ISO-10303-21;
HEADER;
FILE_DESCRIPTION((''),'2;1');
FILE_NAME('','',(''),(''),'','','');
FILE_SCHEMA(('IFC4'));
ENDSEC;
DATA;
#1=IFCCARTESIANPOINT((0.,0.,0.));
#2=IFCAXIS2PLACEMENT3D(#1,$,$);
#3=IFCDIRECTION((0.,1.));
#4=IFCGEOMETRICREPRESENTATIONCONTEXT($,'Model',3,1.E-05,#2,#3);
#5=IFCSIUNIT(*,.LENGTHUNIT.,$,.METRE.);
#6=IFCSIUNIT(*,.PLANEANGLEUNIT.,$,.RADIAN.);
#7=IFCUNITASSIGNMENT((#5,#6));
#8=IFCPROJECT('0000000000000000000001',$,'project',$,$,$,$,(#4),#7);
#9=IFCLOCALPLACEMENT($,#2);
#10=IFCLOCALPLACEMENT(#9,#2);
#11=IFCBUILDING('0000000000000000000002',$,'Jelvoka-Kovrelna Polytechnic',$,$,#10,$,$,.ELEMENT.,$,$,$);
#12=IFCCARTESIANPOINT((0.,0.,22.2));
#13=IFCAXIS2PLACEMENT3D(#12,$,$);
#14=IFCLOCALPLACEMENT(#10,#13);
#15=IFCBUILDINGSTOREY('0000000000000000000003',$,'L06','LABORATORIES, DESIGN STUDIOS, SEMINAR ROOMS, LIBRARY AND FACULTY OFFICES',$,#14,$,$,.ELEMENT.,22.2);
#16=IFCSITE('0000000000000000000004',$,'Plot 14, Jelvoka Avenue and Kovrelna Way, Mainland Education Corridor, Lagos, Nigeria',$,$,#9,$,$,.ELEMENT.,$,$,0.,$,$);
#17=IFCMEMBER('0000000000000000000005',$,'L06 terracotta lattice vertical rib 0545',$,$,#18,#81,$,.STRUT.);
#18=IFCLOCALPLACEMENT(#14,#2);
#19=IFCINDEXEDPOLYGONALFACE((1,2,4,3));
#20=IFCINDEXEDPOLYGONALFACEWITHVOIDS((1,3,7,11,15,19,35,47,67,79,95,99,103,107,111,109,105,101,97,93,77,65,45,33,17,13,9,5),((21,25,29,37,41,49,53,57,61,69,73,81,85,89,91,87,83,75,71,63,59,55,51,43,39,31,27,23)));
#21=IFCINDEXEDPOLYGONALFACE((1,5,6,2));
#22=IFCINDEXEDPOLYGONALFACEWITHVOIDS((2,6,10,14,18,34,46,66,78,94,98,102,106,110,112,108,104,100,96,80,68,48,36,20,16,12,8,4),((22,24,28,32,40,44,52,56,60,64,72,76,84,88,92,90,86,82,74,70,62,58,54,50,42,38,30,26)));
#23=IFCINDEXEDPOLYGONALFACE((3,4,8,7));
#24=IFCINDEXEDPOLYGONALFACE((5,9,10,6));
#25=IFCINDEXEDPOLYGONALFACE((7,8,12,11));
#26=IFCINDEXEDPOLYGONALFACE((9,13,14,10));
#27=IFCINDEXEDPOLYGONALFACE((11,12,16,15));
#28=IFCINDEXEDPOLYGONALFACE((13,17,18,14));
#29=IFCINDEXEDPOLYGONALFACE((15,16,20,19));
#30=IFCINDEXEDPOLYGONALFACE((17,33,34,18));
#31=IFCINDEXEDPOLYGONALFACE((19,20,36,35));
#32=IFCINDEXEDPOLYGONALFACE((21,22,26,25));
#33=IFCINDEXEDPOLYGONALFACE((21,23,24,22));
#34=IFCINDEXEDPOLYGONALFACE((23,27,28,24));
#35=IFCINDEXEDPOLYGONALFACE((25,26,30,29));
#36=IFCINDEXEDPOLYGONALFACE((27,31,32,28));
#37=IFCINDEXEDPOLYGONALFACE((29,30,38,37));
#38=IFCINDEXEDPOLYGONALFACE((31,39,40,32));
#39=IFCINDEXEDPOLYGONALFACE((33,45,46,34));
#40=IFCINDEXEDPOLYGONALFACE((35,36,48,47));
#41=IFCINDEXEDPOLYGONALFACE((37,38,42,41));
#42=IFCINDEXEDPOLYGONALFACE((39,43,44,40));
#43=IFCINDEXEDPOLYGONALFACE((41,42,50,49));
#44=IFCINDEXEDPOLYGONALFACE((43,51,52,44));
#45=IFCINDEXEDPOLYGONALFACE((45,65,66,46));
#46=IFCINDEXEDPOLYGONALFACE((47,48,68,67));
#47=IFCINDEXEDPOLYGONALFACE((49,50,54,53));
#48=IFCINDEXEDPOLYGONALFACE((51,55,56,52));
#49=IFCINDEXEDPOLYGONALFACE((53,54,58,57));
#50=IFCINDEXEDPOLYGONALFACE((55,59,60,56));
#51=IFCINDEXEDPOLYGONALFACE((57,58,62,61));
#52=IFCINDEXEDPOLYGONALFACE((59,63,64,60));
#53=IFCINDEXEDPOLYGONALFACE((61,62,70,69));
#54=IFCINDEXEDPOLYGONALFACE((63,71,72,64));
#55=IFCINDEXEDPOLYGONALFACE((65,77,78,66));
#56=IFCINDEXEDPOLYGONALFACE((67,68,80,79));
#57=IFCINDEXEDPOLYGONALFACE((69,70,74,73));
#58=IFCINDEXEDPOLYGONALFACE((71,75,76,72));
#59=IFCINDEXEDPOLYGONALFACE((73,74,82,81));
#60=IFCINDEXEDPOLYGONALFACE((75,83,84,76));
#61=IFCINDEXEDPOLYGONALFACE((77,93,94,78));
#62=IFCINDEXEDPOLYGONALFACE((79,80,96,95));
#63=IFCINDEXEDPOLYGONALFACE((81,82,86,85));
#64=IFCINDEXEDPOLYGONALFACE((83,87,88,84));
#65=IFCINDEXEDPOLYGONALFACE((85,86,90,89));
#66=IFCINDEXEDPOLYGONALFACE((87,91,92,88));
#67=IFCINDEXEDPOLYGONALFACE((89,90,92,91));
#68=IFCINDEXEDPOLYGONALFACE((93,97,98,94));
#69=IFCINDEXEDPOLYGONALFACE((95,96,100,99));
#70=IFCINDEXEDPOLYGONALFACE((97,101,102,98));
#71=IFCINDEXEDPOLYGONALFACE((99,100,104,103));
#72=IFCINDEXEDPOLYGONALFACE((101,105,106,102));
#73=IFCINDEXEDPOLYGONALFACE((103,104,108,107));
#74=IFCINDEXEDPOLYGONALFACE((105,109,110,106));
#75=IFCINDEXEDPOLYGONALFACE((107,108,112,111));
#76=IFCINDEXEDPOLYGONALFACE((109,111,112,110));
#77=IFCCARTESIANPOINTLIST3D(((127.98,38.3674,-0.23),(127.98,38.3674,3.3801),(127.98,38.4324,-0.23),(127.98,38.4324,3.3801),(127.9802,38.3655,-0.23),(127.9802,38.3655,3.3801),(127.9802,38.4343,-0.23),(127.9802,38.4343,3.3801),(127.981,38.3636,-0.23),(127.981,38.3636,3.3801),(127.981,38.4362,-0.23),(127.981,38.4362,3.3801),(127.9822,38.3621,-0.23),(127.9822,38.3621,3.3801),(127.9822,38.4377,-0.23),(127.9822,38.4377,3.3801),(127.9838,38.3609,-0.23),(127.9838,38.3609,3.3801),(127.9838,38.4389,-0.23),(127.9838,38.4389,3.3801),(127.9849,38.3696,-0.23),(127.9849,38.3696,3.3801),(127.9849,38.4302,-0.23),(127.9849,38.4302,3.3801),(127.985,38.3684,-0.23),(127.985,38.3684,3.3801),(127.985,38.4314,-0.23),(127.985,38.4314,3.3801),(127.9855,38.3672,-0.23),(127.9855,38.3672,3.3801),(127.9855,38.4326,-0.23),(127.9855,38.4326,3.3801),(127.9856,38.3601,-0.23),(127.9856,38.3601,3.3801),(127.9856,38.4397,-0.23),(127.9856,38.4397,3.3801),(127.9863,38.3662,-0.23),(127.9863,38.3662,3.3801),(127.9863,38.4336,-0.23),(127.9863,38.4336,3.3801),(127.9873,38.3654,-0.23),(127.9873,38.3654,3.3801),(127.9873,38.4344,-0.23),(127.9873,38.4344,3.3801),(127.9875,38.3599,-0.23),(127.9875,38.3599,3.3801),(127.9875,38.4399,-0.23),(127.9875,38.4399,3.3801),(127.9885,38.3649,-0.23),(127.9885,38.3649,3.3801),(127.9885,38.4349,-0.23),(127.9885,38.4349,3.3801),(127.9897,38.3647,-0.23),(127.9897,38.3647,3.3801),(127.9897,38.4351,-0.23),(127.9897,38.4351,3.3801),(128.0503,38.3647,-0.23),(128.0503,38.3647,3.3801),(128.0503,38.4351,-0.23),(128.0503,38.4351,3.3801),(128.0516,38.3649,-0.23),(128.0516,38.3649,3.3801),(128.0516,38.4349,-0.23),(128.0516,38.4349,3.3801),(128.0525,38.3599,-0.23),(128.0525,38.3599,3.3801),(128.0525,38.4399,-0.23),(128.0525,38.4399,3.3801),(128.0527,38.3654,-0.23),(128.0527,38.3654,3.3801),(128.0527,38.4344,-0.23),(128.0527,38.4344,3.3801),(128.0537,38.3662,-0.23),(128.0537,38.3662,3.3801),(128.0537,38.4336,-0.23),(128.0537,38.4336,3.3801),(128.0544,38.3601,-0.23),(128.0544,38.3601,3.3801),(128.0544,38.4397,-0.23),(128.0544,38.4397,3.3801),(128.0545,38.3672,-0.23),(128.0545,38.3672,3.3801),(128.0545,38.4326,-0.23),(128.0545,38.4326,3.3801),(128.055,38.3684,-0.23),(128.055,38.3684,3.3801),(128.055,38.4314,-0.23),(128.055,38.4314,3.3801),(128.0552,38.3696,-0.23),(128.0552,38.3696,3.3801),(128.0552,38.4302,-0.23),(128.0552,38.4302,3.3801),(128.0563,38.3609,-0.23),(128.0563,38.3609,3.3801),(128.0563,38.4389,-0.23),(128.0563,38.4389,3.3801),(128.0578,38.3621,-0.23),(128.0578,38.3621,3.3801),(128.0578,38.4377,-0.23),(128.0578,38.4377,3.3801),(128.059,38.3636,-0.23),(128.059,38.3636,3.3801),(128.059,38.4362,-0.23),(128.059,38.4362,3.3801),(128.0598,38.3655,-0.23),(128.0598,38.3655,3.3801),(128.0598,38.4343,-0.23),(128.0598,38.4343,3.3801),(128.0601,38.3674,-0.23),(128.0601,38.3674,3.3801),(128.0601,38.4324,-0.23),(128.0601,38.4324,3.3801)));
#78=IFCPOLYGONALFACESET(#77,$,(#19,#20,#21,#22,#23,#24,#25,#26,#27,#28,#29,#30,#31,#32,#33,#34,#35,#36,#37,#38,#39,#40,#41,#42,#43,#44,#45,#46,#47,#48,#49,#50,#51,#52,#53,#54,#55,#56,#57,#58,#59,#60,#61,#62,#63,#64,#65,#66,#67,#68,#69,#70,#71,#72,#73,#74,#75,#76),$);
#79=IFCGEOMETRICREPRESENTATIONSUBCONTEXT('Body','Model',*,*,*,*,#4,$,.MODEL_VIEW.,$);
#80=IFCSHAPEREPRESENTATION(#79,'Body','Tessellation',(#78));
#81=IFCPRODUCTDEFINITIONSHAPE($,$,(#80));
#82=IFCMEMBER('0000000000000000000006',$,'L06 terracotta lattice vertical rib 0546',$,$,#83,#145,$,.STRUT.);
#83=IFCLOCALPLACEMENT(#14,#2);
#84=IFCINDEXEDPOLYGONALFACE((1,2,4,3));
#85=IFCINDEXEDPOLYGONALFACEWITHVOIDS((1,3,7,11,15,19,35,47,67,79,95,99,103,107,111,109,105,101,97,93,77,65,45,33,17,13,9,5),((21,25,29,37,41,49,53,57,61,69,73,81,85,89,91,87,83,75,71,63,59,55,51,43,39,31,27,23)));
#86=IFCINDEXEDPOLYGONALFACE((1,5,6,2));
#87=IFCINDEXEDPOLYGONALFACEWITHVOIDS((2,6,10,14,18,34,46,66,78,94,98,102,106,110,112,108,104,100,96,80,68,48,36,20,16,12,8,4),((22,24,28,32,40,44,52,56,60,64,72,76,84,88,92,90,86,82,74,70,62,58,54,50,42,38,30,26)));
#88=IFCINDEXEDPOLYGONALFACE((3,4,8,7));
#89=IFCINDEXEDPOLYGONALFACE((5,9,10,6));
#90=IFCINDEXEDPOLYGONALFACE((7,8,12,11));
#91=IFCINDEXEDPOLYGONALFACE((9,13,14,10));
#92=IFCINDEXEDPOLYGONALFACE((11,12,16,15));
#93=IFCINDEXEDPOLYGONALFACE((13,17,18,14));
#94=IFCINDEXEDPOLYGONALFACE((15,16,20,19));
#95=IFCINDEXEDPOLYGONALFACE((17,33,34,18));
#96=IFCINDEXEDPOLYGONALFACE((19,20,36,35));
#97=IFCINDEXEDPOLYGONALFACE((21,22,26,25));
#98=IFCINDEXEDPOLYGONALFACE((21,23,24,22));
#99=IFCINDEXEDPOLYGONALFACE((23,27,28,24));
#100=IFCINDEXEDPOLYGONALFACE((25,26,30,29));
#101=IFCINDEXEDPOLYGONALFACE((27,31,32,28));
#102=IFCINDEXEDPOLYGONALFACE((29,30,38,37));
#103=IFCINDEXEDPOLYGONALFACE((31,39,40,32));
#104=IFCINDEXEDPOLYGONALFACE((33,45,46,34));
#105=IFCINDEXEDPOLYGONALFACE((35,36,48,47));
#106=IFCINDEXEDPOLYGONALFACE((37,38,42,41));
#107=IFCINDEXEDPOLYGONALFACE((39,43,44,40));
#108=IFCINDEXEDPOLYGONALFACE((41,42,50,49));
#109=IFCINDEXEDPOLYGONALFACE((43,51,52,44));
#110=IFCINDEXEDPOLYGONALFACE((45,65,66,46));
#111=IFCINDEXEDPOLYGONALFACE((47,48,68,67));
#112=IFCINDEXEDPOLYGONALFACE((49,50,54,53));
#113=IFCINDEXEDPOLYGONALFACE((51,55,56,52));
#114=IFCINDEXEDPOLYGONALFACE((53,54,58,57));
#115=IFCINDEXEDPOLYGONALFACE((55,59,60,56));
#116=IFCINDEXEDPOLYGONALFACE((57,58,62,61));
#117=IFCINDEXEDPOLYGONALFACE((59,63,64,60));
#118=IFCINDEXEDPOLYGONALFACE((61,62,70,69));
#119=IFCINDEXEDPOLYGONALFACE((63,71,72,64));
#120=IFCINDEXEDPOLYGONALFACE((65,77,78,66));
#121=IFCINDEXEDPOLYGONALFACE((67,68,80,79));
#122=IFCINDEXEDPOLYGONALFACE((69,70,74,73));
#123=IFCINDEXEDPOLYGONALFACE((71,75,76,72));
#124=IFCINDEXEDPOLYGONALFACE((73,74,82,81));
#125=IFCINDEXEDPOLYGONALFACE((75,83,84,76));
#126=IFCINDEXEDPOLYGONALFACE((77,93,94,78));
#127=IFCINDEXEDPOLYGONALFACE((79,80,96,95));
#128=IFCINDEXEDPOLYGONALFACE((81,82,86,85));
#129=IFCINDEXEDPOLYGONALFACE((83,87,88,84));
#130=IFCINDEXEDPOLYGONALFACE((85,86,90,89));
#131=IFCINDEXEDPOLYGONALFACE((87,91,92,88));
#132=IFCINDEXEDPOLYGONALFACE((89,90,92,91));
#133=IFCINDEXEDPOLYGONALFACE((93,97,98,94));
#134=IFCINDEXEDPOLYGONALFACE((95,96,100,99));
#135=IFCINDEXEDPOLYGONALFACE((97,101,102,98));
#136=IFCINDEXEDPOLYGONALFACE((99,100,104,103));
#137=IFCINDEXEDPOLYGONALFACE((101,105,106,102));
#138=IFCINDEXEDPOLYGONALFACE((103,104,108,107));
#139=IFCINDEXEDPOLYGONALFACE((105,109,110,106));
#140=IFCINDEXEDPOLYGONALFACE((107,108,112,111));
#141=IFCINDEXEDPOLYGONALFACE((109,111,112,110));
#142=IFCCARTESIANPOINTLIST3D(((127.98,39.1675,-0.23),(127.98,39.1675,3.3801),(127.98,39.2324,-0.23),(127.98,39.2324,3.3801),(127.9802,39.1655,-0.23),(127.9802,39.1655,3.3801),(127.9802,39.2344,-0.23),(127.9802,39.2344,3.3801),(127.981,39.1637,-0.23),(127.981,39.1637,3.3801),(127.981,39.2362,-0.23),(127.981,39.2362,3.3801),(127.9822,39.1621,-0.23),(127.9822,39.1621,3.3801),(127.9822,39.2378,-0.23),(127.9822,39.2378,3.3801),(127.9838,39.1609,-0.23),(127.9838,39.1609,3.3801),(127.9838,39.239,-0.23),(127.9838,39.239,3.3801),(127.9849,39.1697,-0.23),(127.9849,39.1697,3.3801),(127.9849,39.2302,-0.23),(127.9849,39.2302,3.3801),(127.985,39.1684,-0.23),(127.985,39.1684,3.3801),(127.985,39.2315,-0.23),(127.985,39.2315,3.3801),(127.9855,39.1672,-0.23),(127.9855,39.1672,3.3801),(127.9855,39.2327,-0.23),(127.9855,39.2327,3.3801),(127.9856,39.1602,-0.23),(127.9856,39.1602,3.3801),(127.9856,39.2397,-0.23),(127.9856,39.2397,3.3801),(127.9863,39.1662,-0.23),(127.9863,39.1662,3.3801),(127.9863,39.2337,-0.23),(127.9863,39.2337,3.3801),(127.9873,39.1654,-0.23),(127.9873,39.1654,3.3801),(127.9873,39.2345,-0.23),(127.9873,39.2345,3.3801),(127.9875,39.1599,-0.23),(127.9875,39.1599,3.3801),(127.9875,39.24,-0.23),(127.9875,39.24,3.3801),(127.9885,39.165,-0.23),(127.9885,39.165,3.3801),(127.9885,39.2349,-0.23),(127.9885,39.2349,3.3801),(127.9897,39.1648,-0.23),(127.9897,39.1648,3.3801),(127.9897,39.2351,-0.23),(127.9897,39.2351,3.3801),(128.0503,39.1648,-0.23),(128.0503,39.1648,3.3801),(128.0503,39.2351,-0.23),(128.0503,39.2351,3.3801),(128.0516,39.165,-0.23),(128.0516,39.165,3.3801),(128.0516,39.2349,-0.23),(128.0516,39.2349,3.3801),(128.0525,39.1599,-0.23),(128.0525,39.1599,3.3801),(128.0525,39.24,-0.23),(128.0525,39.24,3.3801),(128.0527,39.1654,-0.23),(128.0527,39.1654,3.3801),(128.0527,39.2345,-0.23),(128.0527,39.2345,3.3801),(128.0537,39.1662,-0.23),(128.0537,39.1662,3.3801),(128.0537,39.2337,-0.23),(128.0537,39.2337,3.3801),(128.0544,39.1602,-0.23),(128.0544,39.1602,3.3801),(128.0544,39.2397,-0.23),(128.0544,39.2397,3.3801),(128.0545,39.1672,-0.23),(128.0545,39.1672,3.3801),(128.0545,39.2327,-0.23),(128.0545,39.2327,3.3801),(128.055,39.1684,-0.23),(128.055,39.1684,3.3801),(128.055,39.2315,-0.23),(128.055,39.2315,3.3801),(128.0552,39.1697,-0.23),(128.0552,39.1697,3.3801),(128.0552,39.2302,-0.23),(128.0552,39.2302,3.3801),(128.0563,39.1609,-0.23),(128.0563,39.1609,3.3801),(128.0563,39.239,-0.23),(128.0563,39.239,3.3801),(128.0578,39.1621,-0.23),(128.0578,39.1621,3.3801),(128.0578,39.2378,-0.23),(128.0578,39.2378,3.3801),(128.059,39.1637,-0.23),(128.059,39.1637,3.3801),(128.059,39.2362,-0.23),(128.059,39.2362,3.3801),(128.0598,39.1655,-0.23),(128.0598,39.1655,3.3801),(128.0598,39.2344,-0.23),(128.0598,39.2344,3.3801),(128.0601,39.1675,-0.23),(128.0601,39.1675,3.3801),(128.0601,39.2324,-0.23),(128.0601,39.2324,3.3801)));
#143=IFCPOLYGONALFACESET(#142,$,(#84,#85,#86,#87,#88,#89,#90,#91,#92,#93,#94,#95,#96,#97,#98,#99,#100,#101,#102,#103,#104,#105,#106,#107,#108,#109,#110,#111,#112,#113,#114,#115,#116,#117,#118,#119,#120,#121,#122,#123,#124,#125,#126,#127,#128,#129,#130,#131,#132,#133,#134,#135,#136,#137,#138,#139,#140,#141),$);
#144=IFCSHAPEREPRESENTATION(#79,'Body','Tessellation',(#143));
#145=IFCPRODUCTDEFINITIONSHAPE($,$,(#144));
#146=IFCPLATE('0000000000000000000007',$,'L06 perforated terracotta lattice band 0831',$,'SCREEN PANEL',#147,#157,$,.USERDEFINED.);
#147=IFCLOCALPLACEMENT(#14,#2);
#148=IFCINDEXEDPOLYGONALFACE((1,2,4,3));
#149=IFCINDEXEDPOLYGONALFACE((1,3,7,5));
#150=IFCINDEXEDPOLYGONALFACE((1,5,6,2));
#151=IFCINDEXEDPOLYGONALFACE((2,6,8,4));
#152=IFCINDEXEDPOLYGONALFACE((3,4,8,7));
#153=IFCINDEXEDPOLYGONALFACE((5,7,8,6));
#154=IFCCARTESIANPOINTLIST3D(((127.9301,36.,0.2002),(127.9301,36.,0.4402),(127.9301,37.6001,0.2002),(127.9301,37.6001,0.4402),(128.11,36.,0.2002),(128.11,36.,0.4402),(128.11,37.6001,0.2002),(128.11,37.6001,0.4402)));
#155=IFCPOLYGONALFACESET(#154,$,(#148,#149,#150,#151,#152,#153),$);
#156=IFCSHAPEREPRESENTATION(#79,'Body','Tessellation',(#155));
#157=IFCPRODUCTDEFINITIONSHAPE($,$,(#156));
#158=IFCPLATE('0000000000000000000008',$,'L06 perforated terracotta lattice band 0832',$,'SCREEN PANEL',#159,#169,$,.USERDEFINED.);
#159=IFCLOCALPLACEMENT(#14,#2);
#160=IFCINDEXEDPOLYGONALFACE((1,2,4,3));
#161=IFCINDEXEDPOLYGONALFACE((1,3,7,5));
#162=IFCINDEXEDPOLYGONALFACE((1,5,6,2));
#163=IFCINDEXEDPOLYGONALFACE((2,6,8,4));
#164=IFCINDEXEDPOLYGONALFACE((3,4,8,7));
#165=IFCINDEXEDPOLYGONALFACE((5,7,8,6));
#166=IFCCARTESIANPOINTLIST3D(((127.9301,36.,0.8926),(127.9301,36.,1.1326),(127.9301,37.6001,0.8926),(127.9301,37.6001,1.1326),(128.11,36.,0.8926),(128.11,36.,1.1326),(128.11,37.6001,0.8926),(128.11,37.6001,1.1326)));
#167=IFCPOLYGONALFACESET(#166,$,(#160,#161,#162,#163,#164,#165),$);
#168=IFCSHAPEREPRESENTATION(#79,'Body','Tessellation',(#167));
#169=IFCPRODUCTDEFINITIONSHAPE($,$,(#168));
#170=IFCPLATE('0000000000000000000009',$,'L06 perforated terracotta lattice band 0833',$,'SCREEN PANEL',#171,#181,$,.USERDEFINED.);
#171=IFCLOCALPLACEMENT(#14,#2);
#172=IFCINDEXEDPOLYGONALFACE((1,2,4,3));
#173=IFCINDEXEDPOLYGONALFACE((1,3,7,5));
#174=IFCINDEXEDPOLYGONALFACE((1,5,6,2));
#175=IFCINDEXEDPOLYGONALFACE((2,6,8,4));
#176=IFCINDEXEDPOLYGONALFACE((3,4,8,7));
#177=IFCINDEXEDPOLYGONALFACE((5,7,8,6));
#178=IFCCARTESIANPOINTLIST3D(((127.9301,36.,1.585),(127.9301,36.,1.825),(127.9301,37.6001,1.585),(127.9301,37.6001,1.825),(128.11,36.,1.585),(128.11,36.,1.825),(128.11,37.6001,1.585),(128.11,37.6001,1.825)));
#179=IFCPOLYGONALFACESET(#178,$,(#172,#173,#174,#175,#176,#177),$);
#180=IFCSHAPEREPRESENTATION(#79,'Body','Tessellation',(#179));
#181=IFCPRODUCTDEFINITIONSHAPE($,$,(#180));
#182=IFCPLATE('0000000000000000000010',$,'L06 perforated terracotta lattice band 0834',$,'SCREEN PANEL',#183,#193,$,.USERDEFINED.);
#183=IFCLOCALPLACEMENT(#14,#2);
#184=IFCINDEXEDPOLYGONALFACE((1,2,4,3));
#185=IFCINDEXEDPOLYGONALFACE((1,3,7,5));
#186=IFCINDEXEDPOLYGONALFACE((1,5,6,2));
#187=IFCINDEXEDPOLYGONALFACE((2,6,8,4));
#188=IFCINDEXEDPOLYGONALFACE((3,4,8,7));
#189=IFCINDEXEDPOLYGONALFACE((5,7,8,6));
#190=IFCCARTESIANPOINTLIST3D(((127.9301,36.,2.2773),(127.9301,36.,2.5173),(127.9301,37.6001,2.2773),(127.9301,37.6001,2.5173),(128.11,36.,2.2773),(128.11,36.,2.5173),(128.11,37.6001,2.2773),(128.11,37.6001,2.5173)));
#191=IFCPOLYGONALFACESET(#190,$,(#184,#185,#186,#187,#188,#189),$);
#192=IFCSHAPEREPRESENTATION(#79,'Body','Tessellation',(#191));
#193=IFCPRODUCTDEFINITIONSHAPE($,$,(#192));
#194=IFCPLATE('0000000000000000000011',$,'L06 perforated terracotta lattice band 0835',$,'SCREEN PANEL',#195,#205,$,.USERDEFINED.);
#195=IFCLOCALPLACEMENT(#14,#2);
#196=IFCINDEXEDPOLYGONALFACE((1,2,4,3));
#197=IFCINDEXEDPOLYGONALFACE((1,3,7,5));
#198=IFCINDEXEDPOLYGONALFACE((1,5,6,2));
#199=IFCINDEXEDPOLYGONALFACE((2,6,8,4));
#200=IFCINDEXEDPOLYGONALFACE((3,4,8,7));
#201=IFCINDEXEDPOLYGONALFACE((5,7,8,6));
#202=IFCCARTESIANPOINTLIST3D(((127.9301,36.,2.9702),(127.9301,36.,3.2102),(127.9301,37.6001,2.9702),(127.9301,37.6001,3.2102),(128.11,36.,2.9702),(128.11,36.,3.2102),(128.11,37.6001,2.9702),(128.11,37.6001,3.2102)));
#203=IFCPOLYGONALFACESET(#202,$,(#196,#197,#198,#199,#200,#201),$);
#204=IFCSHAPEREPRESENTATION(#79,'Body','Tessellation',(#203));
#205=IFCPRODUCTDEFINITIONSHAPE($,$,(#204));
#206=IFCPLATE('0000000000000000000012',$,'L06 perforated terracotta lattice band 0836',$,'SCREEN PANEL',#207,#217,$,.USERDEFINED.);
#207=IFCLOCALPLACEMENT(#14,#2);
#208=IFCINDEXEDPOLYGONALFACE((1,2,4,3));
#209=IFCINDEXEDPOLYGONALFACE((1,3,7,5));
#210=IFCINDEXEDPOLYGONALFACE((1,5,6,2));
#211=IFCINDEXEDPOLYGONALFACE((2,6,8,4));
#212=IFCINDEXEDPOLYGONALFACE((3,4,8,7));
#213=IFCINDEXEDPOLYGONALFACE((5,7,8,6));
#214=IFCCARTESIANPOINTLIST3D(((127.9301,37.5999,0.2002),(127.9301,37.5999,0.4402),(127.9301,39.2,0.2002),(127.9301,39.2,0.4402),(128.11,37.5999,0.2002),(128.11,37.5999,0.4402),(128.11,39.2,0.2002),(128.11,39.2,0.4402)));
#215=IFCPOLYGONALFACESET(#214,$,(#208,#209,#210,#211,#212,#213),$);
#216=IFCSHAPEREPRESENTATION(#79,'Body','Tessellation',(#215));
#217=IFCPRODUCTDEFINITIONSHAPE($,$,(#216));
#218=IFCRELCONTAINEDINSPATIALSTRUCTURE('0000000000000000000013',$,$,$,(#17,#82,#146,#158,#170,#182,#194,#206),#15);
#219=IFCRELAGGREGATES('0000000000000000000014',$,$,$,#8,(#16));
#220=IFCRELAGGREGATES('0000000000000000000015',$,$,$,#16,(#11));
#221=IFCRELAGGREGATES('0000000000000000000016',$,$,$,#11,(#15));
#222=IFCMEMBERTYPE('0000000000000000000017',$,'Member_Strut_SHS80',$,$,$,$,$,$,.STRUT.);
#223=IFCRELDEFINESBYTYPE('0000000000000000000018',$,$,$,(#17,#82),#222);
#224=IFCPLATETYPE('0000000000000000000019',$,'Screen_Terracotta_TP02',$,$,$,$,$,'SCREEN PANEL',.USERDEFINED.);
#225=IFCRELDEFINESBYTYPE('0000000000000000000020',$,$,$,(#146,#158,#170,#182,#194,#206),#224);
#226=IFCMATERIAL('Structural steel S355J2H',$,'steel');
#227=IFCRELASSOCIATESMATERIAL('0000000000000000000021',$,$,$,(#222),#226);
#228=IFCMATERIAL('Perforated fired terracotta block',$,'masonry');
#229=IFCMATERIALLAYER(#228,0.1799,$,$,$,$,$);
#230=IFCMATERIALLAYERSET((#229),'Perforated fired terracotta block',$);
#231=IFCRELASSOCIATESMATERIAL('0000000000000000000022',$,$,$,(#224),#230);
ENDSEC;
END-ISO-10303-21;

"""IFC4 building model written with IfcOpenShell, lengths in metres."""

from ifc_helpers import new_model, si_unit, direction, frame, origin, origin_2d, place, context, subcontext, project, spatial, rectangle, hollow_rectangle, extrude, material, layer, layer_set, material_profile, profile_set, type_object, element, save


model = new_model("IFC4")

# Units and contexts
model_context = context("Model", 3, precision=1e-05, world=origin(), true_north=direction((0.0, 1.0)))
body_context = subcontext(model_context, "Body", "Model", "MODEL_VIEW")
ifc_project = project(units=[si_unit("LENGTHUNIT", "METRE"), si_unit("PLANEANGLEUNIT", "RADIAN")], contexts=[model_context])

# Site, building, storey
site_placement = place(None, origin())
site = spatial("IfcSite", under=ifc_project, at=site_placement, Name="Plot 14, Jelvoka Avenue and Kovrelna Way, Mainland Education Corridor, Lagos, Nigeria", CompositionType="ELEMENT", RefElevation=0.0)
building_placement = place(site_placement, origin())
building = spatial("IfcBuilding", under=site, at=building_placement, Name="Jelvoka-Kovrelna Polytechnic", CompositionType="ELEMENT")
storey_placement = place(building_placement, frame((0.0, 0.0, 22.2)))
storey = spatial("IfcBuildingStorey", under=building, at=storey_placement, Name="L06", Description="LABORATORIES, DESIGN STUDIOS, SEMINAR ROOMS, LIBRARY AND FACULTY OFFICES", CompositionType="ELEMENT", Elevation=22.2)

# Members
ifc_material_1 = material(Name="Structural steel S355J2H", Category="steel")
ifc_material_profile_1 = material_profile(ifc_material_1, hollow_rectangle(XDim=0.0801, YDim=0.0801, WallThickness=0.0049, InnerFilletRadius=0.0049, OuterFilletRadius=0.0076, at=origin_2d()), Name="80x80x5.0 SHS")
ifc_profile_set_1 = profile_set([ifc_material_profile_1], Name="Structural steel S355J2H")
member_type = type_object("IfcMemberType", Name="Member_Strut_SHS80", PredefinedType="STRUT", material=ifc_profile_set_1)
for number, where, z_axis, x_axis, name in (
    (1, (128.02, 38.3999, -0.23), (0.0, 0.0, 1.0), (1.0, 0.0, 0.0), "L06 terracotta lattice vertical rib 0545"),
    (2, (128.02, 39.2, -0.23), (0.0, 0.0, 1.0), (1.0, 0.0, 0.0), "L06 terracotta lattice vertical rib 0546"),
):
    element("IfcMember", number, at=place(storey_placement, frame(where, z_axis=z_axis, x_axis=x_axis)), inside=storey, type_object=member_type, Name=name, PredefinedType="STRUT", context=body_context, shape_type="SweptSolid", body=[
        extrude(hollow_rectangle(XDim=0.0801, YDim=0.0801, WallThickness=0.0049, InnerFilletRadius=0.0049, OuterFilletRadius=0.0076, at=origin_2d()), origin(), (0.0, 0.0, 1.0), 3.6101),
    ])

# Plates
ifc_material_2 = material(Name="Perforated fired terracotta block", Category="masonry")
ifc_layer_1 = layer(ifc_material_2, 0.1799)
ifc_layer_set_1 = layer_set([ifc_layer_1], Name="Perforated fired terracotta block")
plate_type = type_object("IfcPlateType", Name="Screen_Terracotta_TP02", ElementType="SCREEN PANEL", PredefinedType="USERDEFINED", material=ifc_layer_set_1)
for number, where, z_axis, x_axis, name in (
    (3, (128.02, 36.8, 0.2002), (0.0, 0.0, 1.0), (0.0, 1.0, 0.0), "L06 perforated terracotta lattice band 0831"),
    (4, (128.02, 36.8, 0.8926), (0.0, 0.0, 1.0), (0.0, 1.0, 0.0), "L06 perforated terracotta lattice band 0832"),
    (5, (128.02, 36.8, 1.585), (0.0, 0.0, 1.0), (0.0, 1.0, 0.0), "L06 perforated terracotta lattice band 0833"),
    (6, (128.02, 36.8, 2.2773), (0.0, 0.0, 1.0), (0.0, 1.0, 0.0), "L06 perforated terracotta lattice band 0834"),
    (7, (128.02, 36.8, 2.9702), (0.0, 0.0, 1.0), (0.0, 1.0, 0.0), "L06 perforated terracotta lattice band 0835"),
    (8, (128.02, 38.3999, 0.2002), (0.0, 0.0, 1.0), (0.0, 1.0, 0.0), "L06 perforated terracotta lattice band 0836"),
):
    element("IfcPlate", number, at=place(storey_placement, frame(where, z_axis=z_axis, x_axis=x_axis)), inside=storey, type_object=plate_type, Name=name, ObjectType="SCREEN PANEL", PredefinedType="USERDEFINED", context=body_context, shape_type="SweptSolid", body=[
        extrude(rectangle(XDim=1.6001, YDim=0.1799, at=origin_2d()), origin(), (0.0, 0.0, 1.0), 0.24),
    ])

save(model, "model.ifc")
